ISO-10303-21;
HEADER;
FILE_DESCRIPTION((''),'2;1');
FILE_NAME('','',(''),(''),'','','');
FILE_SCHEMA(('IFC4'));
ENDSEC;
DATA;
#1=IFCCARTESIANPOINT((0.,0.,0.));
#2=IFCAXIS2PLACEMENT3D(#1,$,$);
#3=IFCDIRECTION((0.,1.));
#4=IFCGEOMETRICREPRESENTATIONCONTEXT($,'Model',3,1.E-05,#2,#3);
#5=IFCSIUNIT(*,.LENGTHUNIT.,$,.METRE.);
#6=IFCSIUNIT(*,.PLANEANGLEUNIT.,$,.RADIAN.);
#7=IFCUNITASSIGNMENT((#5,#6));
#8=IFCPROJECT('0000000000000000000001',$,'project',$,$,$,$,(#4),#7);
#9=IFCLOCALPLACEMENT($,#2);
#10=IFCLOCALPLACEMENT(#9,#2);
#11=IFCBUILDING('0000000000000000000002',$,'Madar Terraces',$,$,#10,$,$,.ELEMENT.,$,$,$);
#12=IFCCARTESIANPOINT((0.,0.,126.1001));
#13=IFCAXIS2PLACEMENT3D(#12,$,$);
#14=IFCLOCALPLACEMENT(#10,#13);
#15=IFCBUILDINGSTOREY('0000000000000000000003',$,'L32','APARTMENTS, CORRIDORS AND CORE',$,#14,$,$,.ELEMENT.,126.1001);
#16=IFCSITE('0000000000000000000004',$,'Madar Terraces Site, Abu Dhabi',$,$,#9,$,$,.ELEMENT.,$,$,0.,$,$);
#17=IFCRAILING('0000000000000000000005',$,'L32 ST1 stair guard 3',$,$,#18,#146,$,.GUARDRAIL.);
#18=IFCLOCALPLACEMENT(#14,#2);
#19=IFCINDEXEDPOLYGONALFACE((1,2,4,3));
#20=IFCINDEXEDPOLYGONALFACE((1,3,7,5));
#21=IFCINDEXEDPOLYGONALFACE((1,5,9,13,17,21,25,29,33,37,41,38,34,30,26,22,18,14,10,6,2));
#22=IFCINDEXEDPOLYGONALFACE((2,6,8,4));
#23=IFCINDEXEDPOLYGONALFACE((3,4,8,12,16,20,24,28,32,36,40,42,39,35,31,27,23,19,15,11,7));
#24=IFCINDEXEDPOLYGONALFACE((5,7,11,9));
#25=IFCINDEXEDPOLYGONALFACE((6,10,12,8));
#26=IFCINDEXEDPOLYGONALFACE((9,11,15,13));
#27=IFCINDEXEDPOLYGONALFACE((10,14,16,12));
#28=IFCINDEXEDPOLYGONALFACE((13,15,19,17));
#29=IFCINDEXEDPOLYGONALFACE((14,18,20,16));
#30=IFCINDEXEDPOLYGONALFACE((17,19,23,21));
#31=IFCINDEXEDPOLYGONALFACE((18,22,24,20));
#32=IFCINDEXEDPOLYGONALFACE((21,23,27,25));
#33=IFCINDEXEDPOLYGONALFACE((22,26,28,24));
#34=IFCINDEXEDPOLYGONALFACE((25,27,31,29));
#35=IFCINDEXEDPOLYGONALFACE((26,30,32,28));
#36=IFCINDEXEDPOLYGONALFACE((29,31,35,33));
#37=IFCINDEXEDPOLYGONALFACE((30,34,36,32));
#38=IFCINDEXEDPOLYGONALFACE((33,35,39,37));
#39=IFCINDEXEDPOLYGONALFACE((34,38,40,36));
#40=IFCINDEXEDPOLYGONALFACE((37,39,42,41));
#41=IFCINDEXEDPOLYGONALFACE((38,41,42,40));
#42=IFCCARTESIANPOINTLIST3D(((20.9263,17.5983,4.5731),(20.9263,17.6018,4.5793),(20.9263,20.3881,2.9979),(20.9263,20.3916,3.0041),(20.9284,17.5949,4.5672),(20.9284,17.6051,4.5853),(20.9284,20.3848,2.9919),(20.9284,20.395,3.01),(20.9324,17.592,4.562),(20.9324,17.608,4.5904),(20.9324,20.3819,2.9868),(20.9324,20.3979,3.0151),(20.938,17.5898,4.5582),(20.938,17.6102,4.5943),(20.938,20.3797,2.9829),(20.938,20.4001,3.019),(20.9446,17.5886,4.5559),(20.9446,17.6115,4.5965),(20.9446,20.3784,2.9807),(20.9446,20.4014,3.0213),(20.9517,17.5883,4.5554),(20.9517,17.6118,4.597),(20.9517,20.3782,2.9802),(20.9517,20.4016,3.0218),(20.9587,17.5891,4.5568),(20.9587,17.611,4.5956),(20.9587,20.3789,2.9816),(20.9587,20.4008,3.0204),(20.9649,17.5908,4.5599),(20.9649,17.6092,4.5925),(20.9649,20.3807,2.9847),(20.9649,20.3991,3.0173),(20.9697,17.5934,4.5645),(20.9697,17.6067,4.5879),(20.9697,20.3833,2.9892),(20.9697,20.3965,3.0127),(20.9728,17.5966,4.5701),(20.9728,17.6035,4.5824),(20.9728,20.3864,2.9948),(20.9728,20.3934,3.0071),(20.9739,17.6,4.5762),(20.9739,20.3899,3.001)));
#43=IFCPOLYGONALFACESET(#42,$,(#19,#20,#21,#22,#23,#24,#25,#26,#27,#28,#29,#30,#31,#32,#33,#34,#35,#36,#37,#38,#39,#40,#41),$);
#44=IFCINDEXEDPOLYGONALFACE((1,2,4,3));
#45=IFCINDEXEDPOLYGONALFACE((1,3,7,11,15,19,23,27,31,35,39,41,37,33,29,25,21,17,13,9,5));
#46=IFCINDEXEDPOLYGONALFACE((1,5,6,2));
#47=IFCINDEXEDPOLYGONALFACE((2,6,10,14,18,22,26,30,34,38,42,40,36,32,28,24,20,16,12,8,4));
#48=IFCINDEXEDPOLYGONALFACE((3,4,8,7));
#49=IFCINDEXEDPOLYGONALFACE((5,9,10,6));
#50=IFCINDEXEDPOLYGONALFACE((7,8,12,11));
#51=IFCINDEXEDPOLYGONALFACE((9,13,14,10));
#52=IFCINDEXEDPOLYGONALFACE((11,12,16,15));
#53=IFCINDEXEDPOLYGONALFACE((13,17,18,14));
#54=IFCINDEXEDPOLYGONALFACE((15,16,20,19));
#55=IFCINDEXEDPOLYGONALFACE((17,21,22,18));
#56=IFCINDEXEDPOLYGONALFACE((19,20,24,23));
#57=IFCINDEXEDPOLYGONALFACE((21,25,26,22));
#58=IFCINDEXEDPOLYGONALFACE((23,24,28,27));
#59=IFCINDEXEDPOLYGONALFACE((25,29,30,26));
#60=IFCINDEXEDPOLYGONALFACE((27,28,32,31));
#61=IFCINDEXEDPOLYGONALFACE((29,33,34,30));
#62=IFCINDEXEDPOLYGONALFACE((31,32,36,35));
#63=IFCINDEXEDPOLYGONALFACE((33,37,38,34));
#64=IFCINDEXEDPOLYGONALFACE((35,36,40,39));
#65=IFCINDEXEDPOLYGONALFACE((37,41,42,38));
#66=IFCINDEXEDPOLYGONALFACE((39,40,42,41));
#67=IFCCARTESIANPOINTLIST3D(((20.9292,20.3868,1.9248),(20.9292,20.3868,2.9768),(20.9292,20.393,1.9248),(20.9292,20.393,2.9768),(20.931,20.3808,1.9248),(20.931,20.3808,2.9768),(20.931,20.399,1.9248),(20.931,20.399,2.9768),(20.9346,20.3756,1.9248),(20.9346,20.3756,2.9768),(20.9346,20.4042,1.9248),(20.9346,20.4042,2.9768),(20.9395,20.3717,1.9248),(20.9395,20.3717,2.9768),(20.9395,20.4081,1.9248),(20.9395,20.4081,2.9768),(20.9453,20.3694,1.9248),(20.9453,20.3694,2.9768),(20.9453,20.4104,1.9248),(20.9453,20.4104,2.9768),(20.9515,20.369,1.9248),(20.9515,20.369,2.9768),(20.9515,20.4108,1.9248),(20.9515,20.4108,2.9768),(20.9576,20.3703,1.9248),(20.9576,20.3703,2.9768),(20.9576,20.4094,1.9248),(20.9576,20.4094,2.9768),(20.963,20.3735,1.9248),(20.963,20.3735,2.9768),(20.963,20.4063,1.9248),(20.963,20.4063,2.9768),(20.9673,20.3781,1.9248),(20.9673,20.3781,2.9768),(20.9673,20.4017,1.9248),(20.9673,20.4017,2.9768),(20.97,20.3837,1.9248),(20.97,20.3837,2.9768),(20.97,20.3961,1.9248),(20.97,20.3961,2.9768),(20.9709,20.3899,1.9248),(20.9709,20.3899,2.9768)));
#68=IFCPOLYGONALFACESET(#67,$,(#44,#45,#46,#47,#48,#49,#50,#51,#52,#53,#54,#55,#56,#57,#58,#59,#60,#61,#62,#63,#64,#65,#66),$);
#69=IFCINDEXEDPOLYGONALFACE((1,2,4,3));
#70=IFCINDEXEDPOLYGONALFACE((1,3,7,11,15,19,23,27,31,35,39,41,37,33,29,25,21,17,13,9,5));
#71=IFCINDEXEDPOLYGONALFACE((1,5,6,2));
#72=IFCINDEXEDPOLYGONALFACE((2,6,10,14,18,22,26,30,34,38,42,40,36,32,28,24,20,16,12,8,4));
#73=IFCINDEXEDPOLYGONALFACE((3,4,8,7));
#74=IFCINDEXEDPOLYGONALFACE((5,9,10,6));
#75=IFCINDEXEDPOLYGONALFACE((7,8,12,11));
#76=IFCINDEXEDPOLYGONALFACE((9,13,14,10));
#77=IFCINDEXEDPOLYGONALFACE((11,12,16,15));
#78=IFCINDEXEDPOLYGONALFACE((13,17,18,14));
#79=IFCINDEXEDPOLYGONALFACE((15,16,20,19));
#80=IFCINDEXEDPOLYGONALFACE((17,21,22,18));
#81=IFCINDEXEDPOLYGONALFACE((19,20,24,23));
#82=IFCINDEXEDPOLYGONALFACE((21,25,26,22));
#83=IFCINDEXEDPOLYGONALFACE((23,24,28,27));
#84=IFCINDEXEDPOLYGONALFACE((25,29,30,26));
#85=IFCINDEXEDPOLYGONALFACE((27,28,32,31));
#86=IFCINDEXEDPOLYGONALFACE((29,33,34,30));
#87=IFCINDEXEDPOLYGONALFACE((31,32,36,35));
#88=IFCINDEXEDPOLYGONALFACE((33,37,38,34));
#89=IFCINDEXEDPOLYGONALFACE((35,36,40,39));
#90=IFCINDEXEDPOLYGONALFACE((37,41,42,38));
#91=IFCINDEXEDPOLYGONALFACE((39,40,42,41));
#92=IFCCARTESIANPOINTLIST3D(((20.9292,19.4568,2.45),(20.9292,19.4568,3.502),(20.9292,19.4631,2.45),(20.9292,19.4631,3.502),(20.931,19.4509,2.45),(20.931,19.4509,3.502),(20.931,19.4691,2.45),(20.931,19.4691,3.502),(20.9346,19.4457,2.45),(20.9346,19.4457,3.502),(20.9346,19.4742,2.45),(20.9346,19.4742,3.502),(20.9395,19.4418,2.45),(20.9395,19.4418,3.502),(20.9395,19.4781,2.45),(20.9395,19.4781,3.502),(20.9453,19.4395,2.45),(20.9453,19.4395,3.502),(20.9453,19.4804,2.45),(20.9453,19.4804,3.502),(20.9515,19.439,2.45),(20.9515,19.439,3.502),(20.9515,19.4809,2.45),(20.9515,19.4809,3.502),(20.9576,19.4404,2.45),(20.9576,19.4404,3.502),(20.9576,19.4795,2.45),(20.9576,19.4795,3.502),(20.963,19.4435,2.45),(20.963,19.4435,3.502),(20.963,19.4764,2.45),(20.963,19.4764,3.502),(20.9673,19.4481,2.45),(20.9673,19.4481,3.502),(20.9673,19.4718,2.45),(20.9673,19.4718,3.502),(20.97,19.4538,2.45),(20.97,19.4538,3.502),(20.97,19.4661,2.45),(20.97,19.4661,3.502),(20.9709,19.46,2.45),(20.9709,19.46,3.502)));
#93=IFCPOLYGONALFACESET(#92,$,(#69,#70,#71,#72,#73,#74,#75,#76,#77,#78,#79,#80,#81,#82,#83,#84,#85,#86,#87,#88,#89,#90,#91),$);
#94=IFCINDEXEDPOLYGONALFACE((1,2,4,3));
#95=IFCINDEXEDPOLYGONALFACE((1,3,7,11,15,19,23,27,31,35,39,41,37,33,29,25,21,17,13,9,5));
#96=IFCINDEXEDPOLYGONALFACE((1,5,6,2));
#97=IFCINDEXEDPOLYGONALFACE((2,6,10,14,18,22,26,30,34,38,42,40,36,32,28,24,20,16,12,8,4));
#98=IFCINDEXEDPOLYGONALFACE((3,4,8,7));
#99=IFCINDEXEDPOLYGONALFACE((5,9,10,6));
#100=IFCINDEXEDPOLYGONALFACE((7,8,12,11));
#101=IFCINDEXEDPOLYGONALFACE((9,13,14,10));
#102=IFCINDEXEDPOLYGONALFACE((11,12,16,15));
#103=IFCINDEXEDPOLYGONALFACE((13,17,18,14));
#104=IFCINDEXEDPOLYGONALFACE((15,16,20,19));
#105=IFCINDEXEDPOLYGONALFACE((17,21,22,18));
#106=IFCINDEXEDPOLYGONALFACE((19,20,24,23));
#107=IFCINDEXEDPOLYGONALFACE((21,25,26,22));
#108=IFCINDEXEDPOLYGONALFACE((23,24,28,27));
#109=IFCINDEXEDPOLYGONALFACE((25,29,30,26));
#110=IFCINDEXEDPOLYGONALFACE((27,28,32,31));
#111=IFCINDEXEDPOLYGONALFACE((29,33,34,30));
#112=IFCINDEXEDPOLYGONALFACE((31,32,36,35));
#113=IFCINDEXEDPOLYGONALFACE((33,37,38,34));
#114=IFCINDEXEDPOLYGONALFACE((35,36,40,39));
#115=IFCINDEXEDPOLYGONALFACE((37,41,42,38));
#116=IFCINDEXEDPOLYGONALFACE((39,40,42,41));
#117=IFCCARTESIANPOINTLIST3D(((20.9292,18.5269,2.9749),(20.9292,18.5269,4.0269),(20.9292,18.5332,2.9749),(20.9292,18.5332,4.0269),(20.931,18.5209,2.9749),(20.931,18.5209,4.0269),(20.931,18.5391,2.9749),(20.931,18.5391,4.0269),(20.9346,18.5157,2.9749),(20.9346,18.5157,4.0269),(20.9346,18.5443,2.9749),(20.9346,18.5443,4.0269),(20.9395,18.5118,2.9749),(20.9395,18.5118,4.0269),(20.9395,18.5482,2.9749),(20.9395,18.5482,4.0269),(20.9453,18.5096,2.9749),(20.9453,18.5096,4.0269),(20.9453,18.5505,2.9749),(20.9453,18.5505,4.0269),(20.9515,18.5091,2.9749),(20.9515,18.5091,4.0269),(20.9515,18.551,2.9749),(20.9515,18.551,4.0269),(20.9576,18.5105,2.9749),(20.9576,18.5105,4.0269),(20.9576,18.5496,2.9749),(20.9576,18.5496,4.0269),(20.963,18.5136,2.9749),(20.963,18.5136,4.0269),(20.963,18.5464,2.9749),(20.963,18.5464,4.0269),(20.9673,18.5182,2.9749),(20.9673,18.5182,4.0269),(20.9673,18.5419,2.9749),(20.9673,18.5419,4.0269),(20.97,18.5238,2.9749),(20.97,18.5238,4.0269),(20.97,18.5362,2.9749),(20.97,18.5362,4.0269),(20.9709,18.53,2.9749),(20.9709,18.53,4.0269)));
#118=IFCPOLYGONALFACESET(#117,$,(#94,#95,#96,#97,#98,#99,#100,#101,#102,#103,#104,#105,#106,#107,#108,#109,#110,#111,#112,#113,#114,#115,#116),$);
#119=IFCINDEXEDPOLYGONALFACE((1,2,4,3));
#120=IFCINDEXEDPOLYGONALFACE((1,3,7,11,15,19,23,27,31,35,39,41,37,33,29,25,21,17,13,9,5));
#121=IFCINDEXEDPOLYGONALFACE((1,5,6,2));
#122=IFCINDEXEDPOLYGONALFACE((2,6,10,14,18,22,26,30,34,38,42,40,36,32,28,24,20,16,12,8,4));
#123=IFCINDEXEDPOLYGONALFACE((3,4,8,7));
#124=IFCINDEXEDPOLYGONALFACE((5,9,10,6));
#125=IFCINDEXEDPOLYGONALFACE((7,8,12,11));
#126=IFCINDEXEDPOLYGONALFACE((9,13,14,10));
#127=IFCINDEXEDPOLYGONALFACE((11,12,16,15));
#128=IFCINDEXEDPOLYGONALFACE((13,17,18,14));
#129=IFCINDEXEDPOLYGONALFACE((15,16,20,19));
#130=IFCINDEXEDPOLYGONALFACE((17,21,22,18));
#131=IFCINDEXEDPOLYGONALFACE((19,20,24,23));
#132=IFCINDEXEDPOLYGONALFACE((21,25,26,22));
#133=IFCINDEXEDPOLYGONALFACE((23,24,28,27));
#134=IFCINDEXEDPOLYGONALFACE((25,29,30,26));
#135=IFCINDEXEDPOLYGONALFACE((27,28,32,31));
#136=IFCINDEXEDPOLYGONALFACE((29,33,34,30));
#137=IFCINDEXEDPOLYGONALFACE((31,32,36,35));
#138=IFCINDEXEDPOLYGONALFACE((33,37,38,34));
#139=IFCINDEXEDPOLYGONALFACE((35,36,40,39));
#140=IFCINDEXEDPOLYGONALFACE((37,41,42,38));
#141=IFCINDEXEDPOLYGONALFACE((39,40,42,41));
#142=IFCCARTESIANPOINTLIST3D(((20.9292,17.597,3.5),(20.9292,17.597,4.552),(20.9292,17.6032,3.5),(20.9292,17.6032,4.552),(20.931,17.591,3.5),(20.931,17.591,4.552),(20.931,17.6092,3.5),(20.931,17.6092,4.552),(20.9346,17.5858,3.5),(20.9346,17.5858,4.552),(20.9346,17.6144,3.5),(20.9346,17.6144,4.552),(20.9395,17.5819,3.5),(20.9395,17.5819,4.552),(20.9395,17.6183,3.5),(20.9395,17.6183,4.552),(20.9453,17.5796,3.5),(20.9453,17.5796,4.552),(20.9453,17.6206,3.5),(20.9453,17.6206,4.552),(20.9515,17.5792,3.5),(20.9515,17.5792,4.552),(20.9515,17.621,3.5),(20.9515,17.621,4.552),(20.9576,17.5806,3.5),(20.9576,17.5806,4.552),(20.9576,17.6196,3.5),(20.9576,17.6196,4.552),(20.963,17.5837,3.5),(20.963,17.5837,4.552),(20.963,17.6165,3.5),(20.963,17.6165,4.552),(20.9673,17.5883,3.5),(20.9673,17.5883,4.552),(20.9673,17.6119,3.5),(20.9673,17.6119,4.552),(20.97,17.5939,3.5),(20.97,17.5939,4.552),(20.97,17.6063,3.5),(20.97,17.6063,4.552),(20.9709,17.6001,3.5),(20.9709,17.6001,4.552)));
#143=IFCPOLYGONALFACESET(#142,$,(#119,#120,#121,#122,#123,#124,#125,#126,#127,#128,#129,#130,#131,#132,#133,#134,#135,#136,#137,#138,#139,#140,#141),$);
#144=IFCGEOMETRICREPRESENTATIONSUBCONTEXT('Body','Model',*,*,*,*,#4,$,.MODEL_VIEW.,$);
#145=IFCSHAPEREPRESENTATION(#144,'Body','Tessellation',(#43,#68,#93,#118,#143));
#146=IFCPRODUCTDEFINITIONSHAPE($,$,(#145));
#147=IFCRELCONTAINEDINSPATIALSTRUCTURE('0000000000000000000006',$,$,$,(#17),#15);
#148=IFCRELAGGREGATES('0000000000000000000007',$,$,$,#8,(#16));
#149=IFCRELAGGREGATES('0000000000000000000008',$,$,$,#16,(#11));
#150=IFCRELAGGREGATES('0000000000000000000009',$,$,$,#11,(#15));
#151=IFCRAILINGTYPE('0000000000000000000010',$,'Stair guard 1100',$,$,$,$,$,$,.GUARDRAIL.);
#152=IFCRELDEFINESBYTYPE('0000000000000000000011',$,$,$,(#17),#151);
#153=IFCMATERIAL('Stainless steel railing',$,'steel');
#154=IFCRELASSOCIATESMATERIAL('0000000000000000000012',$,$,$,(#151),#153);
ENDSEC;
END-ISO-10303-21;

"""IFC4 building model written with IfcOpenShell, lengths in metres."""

from ifc_helpers import new_model, si_unit, direction, frame, origin, origin_2d, place, context, subcontext, project, spatial, circle, extrude, material, type_object, element, save


model = new_model("IFC4")

# Units and contexts
model_context = context("Model", 3, precision=1e-05, world=origin(), true_north=direction((0.0, 1.0)))
body_context = subcontext(model_context, "Body", "Model", "MODEL_VIEW")
ifc_project = project(units=[si_unit("LENGTHUNIT", "METRE"), si_unit("PLANEANGLEUNIT", "RADIAN")], contexts=[model_context])

# Site, building, storey
site_placement = place(None, origin())
site = spatial("IfcSite", under=ifc_project, at=site_placement, Name="Madar Terraces Site, Abu Dhabi", CompositionType="ELEMENT", RefElevation=0.0)
building_placement = place(site_placement, origin())
building = spatial("IfcBuilding", under=site, at=building_placement, Name="Madar Terraces", CompositionType="ELEMENT")
storey_placement = place(building_placement, frame((0.0, 0.0, 126.1001)))
storey = spatial("IfcBuildingStorey", under=building, at=storey_placement, Name="L32", Description="APARTMENTS, CORRIDORS AND CORE", CompositionType="ELEMENT", Elevation=126.1001)

# Railing
ifc_material_1 = material(Name="Stainless steel railing", Category="steel")
railing_type_1 = type_object("IfcRailingType", Name="Stair guard 1100", PredefinedType="GUARDRAIL", material=ifc_material_1)
railing_1_placement = place(storey_placement, frame((20.95, 20.3899, 1.9248)))
element("IfcRailing", 1, at=railing_1_placement, inside=storey, type_object=railing_type_1, Name="L32 ST1 stair guard 3", PredefinedType="GUARDRAIL", context=body_context, shape_type="SweptSolid", body=[
    extrude(circle(Radius=0.0239, at=origin_2d()), frame((0.0, 0.0, 1.0762), z_axis=(0.0, -0.870783, 0.491668), x_axis=(1.0, 0.0, 0.0)), (0.0, 0.0, 1.0), 3.2039),
    extrude(circle(Radius=0.021, at=origin_2d()), origin(), (0.0, 0.0, 1.0), 1.052),
    extrude(circle(Radius=0.021, at=origin_2d()), frame((0.0, -0.9299, 0.5251)), (0.0, 0.0, 1.0), 1.052),
    extrude(circle(Radius=0.021, at=origin_2d()), frame((0.0, -1.8599, 1.05)), (0.0, 0.0, 1.0), 1.052),
    extrude(circle(Radius=0.021, at=origin_2d()), frame((0.0, -2.7898, 1.5752)), (0.0, 0.0, 1.0), 1.052),
])

save(model, "model.ifc")
